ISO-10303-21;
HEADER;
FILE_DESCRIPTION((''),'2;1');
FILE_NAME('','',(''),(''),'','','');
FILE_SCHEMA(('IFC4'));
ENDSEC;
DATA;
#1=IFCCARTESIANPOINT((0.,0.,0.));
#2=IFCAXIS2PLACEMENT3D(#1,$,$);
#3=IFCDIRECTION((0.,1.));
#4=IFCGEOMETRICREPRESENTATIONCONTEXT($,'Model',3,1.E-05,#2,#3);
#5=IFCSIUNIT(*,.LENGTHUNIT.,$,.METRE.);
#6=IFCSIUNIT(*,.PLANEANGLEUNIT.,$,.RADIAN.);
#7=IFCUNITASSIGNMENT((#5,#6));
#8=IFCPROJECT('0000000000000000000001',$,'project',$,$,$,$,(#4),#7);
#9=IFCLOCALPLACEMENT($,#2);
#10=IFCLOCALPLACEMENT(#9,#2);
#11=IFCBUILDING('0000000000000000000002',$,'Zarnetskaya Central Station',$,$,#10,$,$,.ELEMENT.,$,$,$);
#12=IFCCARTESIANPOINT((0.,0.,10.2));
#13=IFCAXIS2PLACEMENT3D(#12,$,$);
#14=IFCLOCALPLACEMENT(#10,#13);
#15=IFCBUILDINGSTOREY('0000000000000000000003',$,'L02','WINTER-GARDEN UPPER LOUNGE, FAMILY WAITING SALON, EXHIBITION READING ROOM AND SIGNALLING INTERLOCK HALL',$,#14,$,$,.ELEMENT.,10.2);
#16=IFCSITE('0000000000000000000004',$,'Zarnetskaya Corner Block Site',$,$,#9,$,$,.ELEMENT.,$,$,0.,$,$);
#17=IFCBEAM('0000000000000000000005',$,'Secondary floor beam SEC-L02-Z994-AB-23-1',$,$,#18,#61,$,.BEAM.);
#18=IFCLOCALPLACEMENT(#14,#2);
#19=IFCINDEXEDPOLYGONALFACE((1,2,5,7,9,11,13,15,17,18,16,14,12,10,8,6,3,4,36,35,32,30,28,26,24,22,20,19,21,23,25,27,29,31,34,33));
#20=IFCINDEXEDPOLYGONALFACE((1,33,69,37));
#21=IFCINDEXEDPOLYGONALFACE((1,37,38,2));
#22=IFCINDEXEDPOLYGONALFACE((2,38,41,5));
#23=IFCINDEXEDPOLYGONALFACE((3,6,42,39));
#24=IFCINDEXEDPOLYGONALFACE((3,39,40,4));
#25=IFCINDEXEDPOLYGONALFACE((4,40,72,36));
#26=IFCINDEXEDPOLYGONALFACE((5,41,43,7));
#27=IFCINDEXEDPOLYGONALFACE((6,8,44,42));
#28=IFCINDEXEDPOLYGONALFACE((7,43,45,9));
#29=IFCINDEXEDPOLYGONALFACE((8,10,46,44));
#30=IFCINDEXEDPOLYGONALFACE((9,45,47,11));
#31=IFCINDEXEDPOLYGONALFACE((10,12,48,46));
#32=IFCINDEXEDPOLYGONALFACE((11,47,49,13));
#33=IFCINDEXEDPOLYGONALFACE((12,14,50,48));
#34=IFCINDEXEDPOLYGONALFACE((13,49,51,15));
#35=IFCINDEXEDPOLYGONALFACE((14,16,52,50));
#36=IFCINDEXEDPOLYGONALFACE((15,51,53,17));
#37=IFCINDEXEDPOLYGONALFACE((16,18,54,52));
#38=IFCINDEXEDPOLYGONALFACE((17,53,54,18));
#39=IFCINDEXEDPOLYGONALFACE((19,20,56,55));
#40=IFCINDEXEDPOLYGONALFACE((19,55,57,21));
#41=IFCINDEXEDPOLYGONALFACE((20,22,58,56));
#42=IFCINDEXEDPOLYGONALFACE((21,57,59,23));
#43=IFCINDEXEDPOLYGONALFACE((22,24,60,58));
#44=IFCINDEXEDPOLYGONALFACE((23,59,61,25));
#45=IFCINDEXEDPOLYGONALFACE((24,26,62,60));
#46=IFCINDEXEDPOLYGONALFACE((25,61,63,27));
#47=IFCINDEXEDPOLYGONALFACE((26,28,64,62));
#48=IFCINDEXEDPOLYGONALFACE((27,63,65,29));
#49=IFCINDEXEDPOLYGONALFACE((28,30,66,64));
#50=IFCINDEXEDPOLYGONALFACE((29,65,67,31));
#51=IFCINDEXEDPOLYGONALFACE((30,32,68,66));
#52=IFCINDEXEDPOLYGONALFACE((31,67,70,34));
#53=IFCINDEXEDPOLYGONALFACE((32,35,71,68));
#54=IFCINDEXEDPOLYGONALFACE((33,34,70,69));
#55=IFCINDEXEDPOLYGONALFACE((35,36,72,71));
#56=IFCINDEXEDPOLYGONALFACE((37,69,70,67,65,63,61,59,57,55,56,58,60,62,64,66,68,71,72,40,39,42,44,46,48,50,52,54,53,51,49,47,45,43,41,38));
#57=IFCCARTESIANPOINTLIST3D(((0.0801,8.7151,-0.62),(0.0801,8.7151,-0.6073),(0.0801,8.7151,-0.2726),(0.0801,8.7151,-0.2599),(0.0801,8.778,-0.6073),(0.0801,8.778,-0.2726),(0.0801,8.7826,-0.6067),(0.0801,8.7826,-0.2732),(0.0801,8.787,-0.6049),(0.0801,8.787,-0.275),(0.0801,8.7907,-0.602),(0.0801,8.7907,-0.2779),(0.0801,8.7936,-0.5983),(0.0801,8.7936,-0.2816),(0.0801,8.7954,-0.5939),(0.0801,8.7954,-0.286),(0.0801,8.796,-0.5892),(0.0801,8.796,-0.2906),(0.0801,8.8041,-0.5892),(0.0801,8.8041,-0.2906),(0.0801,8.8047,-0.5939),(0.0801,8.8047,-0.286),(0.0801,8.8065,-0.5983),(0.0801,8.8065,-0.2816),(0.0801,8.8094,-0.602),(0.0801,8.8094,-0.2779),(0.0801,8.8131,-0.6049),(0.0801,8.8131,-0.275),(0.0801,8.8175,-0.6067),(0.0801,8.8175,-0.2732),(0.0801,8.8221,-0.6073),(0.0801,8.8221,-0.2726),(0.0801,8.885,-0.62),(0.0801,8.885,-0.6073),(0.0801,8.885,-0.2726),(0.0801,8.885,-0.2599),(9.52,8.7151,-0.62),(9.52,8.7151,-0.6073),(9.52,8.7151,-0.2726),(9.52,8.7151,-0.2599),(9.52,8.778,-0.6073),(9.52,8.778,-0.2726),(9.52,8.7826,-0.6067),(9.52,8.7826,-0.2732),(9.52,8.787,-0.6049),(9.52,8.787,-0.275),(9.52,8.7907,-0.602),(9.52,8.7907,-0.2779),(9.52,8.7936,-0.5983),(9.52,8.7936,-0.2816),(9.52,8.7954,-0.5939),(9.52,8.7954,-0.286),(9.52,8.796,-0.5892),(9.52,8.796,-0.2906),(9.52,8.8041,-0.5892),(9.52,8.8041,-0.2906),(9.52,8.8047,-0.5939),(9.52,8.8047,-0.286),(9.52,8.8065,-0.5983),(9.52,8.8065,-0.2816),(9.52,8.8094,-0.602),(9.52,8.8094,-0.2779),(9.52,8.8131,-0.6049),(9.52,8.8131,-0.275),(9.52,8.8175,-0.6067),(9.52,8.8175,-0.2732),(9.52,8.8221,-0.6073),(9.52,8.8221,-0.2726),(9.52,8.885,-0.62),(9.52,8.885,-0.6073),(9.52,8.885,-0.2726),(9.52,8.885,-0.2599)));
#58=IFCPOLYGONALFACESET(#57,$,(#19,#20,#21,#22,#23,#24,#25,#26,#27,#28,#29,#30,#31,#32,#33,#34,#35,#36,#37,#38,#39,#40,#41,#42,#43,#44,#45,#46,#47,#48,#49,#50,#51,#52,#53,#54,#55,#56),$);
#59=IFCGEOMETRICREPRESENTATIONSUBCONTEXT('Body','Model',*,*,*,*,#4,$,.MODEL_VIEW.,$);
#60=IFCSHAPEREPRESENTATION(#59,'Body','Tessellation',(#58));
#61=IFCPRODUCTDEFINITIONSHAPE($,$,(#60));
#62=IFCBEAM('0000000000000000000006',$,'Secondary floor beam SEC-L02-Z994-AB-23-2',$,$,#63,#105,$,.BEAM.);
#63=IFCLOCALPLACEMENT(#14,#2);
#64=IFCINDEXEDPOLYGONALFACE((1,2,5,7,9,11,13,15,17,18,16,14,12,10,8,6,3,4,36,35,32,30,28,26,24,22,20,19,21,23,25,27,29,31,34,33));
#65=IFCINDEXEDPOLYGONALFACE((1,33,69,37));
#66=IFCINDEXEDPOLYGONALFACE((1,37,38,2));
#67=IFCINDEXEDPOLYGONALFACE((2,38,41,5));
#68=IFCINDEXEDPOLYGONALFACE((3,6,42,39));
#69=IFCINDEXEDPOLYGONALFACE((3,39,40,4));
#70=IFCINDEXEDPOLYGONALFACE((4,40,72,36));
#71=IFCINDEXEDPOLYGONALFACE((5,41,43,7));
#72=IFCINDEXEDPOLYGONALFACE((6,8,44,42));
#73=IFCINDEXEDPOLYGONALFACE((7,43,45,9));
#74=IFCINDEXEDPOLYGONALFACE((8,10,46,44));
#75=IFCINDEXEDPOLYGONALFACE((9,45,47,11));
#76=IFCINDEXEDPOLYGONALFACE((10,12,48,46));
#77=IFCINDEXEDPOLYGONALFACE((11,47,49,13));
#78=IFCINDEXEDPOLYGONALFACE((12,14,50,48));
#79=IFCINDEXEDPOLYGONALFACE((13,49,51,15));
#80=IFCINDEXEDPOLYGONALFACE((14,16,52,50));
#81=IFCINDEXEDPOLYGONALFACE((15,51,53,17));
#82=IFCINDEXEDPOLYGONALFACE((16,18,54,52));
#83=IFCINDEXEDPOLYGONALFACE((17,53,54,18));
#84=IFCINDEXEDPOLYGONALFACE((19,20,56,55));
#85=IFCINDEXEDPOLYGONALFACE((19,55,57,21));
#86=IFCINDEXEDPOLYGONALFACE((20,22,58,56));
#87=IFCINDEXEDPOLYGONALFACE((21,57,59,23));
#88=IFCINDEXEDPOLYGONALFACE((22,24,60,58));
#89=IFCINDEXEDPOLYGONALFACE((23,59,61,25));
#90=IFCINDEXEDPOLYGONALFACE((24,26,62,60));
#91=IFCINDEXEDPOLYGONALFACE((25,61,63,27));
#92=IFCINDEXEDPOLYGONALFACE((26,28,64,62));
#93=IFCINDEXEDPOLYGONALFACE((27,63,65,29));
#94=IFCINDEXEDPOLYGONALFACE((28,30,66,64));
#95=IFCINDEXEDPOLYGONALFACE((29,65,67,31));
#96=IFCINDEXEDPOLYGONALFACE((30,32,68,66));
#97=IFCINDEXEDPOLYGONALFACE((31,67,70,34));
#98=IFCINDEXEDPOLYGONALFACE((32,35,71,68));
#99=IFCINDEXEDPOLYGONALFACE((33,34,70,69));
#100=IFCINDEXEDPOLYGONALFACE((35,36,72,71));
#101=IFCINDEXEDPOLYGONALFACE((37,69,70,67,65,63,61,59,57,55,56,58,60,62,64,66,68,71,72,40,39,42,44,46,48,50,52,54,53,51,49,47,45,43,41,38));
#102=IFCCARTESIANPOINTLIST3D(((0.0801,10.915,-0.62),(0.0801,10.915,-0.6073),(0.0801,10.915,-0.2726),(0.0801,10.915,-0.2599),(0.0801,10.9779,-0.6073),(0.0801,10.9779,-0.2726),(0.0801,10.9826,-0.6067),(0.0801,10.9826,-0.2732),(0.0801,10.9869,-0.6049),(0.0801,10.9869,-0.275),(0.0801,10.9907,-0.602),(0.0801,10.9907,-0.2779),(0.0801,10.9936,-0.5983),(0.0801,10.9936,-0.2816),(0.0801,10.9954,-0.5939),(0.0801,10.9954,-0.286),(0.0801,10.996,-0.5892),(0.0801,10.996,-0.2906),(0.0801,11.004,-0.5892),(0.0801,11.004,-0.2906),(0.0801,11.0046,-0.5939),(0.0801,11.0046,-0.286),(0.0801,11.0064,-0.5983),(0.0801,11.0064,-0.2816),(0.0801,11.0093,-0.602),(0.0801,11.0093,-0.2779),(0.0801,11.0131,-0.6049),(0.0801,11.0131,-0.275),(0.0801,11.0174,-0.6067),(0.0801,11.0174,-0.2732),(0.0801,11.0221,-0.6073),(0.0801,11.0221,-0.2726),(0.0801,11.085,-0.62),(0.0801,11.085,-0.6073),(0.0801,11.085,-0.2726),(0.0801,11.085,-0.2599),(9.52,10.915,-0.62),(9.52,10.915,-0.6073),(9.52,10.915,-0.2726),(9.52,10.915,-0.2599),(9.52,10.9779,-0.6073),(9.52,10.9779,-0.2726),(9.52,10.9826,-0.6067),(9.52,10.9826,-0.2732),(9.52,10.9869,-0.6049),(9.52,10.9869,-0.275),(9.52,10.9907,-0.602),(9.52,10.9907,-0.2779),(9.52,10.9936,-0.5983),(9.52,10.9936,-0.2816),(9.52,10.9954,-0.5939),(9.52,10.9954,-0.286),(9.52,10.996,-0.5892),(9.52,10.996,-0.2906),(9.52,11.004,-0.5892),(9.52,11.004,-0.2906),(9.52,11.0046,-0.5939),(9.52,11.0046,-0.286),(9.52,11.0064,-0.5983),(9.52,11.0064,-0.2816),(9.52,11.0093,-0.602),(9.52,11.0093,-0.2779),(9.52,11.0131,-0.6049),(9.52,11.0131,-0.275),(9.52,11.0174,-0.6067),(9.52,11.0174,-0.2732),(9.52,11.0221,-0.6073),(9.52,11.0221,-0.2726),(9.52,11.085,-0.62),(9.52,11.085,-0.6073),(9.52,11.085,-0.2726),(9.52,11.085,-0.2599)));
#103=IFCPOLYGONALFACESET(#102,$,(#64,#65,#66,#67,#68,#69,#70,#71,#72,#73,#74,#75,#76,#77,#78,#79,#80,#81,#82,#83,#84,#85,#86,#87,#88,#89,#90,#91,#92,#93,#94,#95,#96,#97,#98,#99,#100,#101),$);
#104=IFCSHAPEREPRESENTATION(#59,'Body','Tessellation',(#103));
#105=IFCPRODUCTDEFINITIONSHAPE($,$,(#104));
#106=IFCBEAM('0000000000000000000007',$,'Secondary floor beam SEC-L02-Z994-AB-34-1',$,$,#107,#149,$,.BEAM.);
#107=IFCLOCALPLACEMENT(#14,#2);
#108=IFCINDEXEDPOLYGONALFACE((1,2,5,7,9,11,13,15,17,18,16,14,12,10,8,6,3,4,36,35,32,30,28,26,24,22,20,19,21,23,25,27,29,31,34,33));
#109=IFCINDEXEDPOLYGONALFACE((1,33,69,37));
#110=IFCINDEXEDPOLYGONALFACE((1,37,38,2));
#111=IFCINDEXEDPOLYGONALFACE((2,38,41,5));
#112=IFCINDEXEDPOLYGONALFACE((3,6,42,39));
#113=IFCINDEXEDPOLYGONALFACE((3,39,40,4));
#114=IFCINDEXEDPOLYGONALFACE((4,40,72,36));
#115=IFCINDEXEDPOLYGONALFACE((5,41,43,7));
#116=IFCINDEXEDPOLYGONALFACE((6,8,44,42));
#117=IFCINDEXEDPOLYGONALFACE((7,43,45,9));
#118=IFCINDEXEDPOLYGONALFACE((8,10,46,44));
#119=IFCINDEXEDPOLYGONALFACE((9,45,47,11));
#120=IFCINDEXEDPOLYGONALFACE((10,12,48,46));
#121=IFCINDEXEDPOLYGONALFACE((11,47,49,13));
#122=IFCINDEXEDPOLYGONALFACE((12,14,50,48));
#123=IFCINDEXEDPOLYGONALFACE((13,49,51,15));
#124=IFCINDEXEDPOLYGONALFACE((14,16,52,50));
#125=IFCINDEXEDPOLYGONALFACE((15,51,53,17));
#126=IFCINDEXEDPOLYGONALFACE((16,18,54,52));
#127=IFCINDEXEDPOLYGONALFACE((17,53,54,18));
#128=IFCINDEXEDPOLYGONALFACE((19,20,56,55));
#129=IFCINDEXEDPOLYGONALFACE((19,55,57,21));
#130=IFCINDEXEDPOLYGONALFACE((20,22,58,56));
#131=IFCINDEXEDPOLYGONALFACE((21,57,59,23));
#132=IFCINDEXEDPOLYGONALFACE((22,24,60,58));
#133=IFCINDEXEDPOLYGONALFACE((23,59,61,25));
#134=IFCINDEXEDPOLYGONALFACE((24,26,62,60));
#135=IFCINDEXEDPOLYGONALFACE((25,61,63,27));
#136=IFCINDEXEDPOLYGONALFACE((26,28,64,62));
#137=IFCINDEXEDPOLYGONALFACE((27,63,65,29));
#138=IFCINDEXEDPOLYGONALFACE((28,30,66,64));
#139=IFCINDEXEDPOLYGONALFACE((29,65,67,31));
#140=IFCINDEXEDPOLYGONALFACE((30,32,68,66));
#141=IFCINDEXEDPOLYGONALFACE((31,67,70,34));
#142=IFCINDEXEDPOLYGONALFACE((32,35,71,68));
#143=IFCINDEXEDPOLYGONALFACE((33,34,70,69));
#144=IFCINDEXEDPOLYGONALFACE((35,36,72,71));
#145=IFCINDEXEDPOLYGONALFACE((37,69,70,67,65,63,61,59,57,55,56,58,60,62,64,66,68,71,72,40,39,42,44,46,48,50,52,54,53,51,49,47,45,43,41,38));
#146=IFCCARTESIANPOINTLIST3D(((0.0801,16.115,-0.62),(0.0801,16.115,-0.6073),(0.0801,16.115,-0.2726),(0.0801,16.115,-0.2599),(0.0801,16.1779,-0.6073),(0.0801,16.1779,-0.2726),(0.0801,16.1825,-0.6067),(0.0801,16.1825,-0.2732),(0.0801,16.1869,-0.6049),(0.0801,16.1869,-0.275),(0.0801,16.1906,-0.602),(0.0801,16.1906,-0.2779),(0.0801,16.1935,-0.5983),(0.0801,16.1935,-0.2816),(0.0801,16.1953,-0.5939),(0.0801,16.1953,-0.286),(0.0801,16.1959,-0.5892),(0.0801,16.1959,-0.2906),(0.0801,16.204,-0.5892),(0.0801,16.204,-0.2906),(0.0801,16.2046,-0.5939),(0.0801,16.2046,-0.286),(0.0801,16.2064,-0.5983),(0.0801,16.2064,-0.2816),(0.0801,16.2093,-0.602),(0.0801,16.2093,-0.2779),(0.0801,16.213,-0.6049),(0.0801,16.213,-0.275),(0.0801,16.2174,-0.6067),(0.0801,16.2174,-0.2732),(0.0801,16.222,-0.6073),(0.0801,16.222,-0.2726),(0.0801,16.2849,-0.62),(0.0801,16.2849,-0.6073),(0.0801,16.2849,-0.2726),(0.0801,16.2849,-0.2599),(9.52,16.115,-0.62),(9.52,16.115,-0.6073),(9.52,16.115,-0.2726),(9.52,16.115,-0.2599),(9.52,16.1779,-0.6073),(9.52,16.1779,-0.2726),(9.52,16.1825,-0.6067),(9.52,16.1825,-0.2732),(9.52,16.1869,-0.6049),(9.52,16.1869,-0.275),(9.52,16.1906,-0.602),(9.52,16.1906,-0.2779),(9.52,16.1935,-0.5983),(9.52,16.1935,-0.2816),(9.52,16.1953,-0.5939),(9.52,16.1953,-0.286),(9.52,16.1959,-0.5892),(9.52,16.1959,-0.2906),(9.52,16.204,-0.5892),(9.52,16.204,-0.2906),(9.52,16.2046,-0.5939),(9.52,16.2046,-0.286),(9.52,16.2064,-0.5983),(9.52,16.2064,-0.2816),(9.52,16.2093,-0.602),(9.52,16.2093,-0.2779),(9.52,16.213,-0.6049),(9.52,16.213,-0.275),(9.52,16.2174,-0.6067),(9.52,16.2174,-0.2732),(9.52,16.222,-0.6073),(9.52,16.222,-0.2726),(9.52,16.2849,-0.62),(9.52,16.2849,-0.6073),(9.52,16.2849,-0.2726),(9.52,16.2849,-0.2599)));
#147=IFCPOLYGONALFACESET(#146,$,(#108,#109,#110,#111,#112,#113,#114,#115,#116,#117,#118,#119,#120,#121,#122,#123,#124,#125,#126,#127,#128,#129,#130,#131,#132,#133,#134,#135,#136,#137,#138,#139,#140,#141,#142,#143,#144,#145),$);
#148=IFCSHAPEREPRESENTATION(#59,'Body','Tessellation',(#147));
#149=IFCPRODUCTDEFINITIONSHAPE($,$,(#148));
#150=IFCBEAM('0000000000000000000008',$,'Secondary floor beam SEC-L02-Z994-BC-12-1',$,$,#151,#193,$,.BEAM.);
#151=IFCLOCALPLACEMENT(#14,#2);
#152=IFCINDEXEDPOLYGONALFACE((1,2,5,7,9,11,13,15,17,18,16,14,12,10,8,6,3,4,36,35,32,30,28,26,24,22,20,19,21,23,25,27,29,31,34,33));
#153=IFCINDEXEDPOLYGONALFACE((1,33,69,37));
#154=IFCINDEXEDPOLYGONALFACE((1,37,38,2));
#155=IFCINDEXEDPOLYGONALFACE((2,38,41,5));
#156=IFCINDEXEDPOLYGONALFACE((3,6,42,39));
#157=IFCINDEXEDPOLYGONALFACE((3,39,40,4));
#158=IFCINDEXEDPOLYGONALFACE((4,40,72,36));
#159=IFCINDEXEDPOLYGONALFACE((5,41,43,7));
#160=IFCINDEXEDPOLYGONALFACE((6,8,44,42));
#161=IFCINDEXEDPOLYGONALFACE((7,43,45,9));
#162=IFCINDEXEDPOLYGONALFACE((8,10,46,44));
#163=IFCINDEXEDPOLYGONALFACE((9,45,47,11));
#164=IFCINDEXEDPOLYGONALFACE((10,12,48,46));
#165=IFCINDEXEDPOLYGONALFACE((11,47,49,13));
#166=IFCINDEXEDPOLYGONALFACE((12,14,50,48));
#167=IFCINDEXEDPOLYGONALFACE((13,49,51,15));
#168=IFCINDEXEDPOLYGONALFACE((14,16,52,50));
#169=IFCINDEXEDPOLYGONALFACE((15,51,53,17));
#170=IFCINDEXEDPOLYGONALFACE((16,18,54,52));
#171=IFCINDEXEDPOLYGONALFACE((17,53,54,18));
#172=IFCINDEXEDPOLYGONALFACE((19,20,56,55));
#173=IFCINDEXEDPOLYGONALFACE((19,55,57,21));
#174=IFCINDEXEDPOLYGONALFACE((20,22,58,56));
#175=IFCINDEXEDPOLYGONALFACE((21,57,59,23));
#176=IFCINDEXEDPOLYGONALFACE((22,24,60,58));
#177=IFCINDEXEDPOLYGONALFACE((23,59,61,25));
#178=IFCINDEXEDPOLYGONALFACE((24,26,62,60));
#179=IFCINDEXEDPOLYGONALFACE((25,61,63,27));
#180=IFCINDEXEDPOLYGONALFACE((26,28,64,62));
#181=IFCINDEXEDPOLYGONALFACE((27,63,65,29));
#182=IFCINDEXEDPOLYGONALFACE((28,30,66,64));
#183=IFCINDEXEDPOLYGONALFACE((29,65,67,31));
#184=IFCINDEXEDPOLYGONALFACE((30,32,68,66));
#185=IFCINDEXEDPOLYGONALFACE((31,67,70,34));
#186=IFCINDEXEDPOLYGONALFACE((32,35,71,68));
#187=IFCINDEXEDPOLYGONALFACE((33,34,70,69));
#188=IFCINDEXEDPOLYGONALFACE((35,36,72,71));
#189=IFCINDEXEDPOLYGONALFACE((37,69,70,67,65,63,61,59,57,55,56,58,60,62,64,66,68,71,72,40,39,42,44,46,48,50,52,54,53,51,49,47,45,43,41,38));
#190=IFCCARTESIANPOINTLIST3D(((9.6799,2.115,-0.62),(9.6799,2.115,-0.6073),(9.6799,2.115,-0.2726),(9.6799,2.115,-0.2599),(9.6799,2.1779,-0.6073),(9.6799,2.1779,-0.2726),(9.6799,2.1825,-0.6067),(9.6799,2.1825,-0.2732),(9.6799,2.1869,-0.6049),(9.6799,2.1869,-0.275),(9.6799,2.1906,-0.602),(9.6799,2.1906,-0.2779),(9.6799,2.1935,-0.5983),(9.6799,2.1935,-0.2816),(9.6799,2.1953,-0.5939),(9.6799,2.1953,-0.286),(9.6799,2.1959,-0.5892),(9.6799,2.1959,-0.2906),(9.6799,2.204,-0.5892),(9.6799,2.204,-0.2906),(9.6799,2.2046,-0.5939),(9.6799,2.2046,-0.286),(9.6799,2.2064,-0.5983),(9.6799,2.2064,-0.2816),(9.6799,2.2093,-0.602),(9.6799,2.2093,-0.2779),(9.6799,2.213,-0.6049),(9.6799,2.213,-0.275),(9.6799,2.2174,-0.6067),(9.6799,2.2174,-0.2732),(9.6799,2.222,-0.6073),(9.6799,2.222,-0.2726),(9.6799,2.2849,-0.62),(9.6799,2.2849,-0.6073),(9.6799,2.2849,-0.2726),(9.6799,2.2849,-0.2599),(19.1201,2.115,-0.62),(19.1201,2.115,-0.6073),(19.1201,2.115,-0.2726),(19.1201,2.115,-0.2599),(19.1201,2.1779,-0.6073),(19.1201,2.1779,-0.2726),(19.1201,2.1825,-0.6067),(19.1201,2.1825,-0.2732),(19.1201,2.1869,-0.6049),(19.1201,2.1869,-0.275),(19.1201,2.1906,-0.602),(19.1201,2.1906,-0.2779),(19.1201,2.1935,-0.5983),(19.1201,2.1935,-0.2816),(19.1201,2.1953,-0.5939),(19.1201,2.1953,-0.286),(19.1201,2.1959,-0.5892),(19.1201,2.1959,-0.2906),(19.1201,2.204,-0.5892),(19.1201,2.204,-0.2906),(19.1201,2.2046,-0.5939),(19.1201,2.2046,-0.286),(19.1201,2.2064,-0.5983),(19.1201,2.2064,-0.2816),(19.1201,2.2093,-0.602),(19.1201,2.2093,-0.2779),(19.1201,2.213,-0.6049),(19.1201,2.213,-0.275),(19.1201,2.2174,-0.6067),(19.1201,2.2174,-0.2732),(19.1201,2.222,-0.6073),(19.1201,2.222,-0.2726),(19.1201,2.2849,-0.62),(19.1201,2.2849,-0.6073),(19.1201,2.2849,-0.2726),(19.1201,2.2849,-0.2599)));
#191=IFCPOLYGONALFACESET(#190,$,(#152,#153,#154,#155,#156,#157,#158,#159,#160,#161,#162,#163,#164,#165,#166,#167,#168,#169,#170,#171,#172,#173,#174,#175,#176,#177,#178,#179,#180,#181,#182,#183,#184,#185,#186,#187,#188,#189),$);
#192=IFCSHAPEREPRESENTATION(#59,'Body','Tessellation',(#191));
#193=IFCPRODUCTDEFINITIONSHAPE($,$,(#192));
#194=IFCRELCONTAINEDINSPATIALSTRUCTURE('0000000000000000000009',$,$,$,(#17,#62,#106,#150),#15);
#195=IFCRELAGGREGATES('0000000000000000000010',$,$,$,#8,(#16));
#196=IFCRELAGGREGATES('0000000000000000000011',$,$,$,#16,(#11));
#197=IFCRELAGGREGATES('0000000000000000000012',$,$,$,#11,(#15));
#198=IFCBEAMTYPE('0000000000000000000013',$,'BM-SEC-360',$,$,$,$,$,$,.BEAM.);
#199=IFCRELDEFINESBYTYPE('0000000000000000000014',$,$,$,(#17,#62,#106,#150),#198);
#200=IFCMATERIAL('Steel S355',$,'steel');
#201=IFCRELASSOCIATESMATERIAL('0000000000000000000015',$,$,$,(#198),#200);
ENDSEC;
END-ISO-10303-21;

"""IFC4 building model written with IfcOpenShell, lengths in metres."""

from ifc_helpers import new_model, si_unit, direction, frame, origin, origin_2d, place, context, subcontext, project, spatial, i_section, extrude, material, material_profile, profile_set, type_object, element, save


model = new_model("IFC4")

# Units and contexts
model_context = context("Model", 3, precision=1e-05, world=origin(), true_north=direction((0.0, 1.0)))
body_context = subcontext(model_context, "Body", "Model", "MODEL_VIEW")
ifc_project = project(units=[si_unit("LENGTHUNIT", "METRE"), si_unit("PLANEANGLEUNIT", "RADIAN")], contexts=[model_context])

# Site, building, storey
site_placement = place(None, origin())
site = spatial("IfcSite", under=ifc_project, at=site_placement, Name="Zarnetskaya Corner Block Site", CompositionType="ELEMENT", RefElevation=0.0)
building_placement = place(site_placement, origin())
building = spatial("IfcBuilding", under=site, at=building_placement, Name="Zarnetskaya Central Station", CompositionType="ELEMENT")
storey_placement = place(building_placement, frame((0.0, 0.0, 10.2)))
storey = spatial("IfcBuildingStorey", under=building, at=storey_placement, Name="L02", Description="WINTER-GARDEN UPPER LOUNGE, FAMILY WAITING SALON, EXHIBITION READING ROOM AND SIGNALLING INTERLOCK HALL", CompositionType="ELEMENT", Elevation=10.2)

# Shared definitions
ifc_material_1 = material(Name="Steel S355", Category="steel")

# Beams
ifc_material_profile_1 = material_profile(ifc_material_1, i_section(OverallWidth=0.1699, OverallDepth=0.3601, WebThickness=0.0081, FlangeThickness=0.0127, FilletRadius=0.0181, at=origin_2d()), Name="IPE 360")
ifc_profile_set_1 = profile_set([ifc_material_profile_1], Name="Steel S355")
beam_type_1 = type_object("IfcBeamType", Name="BM-SEC-360", PredefinedType="BEAM", material=ifc_profile_set_1)
for number, where, z_axis, x_axis, name in (
    (1, (0.0801, 8.8, -0.4399), (1.0, 0.0, 0.0), (0.0, 1.0, 0.0), "Secondary floor beam SEC-L02-Z994-AB-23-1"),
    (2, (0.0801, 11.0, -0.4399), (1.0, 0.0, 0.0), (0.0, 1.0, 0.0), "Secondary floor beam SEC-L02-Z994-AB-23-2"),
    (3, (0.0801, 16.2, -0.4399), (1.0, 0.0, 0.0), (0.0, 1.0, 0.0), "Secondary floor beam SEC-L02-Z994-AB-34-1"),
):
    element("IfcBeam", number, at=place(storey_placement, frame(where, z_axis=z_axis, x_axis=x_axis)), inside=storey, type_object=beam_type_1, Name=name, PredefinedType="BEAM", context=body_context, shape_type="SweptSolid", body=[
        extrude(i_section(OverallWidth=0.1699, OverallDepth=0.3601, WebThickness=0.0081, FlangeThickness=0.0127, FilletRadius=0.0181, at=origin_2d()), origin(), (0.0, 0.0, 1.0), 9.4399),
    ])
for number, where, z_axis, x_axis, name in (
    (4, (9.6799, 2.2, -0.4399), (1.0, 0.0, 0.0), (0.0, 1.0, 0.0), "Secondary floor beam SEC-L02-Z994-BC-12-1"),
):
    element("IfcBeam", number, at=place(storey_placement, frame(where, z_axis=z_axis, x_axis=x_axis)), inside=storey, type_object=beam_type_1, Name=name, PredefinedType="BEAM", context=body_context, shape_type="SweptSolid", body=[
        extrude(i_section(OverallWidth=0.1699, OverallDepth=0.3601, WebThickness=0.0081, FlangeThickness=0.0127, FilletRadius=0.0181, at=origin_2d()), origin(), (0.0, 0.0, 1.0), 9.4402),
    ])

save(model, "model.ifc")
